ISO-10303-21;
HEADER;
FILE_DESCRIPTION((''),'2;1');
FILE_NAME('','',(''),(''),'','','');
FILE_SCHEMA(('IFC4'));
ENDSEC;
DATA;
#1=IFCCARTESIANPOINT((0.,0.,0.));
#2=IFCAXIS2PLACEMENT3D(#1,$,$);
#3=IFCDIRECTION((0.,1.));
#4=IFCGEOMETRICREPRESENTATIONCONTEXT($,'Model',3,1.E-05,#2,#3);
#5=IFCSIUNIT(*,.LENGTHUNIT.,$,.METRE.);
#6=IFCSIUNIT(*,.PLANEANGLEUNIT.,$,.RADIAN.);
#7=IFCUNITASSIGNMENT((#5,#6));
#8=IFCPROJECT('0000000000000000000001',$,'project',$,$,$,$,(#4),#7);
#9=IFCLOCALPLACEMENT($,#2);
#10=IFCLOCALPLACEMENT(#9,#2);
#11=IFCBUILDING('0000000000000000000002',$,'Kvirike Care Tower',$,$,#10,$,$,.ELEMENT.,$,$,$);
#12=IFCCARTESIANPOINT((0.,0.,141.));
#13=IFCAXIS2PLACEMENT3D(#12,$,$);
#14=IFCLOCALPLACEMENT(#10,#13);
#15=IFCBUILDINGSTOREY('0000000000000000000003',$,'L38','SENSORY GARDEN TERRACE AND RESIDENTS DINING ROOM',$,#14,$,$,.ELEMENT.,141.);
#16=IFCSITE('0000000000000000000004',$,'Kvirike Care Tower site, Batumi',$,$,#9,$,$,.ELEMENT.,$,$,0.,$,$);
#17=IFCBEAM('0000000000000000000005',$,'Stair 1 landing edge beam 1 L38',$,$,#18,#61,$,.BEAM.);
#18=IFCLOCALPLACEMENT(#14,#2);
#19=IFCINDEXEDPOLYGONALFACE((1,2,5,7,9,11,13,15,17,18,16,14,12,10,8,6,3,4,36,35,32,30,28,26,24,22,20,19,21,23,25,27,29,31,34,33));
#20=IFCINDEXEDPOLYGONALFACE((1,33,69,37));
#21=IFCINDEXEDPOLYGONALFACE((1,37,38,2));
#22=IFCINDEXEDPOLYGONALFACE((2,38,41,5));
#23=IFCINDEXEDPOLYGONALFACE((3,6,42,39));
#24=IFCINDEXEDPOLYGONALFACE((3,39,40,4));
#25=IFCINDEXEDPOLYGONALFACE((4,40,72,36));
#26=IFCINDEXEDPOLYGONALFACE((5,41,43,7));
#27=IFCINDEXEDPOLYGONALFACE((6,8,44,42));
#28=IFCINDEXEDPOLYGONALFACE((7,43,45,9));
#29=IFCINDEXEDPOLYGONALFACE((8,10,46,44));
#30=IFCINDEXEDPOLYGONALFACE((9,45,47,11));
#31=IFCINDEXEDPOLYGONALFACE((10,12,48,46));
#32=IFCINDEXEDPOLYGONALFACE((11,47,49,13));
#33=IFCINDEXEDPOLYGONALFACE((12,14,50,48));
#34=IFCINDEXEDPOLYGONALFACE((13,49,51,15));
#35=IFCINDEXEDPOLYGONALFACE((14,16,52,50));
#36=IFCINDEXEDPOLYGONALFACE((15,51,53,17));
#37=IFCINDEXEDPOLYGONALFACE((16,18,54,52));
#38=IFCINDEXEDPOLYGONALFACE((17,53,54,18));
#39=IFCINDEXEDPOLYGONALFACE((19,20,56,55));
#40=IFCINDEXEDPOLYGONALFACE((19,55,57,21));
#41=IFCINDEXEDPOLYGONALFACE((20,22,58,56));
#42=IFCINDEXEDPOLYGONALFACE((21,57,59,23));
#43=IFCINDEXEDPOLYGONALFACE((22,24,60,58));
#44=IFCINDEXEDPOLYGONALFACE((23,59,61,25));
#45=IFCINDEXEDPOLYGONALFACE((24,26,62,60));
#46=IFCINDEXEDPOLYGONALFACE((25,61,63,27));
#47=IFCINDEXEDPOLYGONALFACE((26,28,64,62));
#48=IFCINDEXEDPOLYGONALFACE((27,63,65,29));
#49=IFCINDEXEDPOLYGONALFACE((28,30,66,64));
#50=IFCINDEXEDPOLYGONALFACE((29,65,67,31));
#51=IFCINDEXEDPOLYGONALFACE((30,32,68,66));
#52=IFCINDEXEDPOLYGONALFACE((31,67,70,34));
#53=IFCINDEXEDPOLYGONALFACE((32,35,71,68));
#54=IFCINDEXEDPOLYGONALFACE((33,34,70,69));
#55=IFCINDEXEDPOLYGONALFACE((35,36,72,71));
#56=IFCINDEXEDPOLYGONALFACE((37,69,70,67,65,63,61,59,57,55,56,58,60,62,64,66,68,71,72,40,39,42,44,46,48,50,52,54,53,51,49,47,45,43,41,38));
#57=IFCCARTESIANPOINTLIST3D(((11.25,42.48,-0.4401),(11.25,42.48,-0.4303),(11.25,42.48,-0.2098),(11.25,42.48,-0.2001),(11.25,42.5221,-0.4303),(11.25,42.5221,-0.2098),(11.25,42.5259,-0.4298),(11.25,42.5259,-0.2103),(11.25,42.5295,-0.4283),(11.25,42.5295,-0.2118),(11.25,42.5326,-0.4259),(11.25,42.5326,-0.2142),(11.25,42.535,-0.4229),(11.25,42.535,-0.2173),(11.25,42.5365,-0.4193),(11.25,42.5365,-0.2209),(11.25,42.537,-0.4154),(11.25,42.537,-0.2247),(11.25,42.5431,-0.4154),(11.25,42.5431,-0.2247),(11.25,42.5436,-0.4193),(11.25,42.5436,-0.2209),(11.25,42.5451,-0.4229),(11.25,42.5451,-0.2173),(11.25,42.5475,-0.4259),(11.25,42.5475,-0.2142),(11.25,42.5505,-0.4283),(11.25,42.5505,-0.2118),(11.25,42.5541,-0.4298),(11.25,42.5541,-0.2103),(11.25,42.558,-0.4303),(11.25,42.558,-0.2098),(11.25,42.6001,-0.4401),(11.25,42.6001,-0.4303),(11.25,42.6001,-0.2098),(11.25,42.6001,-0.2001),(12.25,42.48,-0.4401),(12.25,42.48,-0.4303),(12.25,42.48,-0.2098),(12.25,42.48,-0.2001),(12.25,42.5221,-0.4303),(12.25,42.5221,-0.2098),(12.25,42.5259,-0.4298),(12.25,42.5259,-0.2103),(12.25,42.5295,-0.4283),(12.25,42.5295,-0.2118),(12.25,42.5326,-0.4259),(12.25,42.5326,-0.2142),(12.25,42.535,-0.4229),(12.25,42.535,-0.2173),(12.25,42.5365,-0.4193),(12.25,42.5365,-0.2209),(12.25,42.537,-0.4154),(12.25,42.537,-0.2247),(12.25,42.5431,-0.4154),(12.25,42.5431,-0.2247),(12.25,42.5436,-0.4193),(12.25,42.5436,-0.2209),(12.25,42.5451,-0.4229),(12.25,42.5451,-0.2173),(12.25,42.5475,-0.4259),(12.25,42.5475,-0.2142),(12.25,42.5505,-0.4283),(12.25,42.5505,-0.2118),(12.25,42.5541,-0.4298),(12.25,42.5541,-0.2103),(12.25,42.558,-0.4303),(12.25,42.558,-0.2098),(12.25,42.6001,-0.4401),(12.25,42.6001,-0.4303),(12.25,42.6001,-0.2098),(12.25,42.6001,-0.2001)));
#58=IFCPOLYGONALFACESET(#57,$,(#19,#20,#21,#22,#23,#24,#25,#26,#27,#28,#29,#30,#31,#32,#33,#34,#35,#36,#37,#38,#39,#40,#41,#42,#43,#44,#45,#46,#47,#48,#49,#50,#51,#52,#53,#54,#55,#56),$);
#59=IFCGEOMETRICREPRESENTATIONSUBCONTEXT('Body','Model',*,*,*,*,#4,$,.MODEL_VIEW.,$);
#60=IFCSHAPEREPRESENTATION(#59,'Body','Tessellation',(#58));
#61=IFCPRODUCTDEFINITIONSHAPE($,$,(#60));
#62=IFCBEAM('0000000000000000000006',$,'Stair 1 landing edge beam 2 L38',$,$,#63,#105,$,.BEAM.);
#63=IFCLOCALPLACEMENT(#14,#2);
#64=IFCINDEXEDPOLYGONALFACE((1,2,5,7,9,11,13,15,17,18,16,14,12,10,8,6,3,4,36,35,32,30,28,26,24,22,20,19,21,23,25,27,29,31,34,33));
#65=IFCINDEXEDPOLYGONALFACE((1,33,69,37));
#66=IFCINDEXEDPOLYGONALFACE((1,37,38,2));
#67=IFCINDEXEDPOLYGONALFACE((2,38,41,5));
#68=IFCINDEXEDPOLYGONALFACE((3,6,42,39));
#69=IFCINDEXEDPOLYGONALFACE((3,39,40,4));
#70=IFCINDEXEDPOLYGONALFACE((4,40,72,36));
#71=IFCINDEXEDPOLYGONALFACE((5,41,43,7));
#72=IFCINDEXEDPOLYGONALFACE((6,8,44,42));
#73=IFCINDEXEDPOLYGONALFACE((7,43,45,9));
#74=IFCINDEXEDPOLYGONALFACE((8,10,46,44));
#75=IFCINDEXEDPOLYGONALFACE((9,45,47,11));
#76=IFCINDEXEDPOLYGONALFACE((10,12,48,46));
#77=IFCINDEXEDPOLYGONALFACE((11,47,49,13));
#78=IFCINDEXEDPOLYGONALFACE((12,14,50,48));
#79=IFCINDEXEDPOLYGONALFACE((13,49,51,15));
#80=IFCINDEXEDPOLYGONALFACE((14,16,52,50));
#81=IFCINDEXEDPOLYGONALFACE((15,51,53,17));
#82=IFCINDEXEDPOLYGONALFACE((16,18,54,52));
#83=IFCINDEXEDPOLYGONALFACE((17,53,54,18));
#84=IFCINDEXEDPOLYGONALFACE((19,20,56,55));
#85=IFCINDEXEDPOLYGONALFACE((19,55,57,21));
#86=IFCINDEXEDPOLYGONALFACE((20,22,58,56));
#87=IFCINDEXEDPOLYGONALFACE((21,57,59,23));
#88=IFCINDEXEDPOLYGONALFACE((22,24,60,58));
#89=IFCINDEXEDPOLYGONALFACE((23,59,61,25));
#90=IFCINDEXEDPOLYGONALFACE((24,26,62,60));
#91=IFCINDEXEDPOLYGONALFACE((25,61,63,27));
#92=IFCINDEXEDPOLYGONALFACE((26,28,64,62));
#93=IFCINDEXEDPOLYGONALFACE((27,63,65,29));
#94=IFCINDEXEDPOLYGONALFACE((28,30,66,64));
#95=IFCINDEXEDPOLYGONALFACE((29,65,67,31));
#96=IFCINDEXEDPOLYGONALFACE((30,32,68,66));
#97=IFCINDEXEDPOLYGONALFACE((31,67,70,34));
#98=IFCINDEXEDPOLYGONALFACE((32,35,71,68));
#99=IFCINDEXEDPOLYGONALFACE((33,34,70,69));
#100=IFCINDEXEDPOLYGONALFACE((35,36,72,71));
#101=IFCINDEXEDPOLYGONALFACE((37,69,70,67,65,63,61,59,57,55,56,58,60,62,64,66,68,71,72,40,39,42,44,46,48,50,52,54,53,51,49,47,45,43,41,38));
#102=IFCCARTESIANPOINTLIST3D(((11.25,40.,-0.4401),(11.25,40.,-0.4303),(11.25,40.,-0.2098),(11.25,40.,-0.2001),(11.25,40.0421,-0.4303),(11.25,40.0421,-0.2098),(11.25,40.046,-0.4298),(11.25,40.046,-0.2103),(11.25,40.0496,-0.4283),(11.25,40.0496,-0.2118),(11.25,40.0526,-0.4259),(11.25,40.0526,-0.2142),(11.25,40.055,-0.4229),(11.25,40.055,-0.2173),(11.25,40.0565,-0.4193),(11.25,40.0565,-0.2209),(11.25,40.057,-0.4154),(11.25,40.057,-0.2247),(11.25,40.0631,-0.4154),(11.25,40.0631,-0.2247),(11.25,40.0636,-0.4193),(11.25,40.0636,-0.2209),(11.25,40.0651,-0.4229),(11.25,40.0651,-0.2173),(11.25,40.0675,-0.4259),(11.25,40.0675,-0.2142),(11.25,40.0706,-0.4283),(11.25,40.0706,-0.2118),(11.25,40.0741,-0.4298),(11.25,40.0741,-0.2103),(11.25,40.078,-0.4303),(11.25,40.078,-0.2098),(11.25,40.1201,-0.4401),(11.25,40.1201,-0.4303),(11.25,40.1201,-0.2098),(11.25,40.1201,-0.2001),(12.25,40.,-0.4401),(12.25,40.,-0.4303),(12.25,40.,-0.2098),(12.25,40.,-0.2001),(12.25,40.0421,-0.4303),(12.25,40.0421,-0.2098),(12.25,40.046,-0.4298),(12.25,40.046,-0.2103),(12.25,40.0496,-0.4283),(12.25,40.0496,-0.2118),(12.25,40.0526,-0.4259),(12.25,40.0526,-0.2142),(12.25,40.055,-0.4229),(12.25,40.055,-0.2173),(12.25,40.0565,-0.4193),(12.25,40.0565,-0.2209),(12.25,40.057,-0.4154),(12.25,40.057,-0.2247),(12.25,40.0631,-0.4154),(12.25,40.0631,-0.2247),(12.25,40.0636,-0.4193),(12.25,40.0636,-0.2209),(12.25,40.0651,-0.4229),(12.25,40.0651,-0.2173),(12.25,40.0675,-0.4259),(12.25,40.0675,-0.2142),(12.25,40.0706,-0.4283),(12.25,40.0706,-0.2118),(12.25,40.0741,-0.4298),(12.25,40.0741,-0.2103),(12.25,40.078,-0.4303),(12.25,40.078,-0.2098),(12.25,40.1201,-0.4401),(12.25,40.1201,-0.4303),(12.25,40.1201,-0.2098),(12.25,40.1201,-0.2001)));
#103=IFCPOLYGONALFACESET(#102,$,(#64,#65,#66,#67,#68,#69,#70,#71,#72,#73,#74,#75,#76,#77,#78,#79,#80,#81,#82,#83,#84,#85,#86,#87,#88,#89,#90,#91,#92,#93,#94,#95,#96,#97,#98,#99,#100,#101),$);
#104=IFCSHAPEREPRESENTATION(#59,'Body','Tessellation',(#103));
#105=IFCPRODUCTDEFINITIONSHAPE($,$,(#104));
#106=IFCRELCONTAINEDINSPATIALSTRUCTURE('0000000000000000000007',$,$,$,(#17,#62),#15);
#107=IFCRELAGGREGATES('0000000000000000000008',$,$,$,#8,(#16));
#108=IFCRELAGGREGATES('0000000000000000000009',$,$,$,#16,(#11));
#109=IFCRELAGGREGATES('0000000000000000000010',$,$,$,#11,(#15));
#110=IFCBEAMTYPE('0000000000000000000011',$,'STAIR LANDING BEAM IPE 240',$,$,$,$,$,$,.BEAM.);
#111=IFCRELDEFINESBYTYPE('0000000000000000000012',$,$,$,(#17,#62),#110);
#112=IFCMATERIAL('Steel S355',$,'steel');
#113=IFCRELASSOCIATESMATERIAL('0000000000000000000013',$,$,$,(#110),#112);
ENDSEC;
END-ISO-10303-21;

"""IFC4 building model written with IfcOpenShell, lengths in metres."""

from ifc_helpers import new_model, si_unit, direction, frame, origin, origin_2d, place, context, subcontext, project, spatial, i_section, extrude, material, material_profile, profile_set, type_object, element, save


model = new_model("IFC4")

# Units and contexts
model_context = context("Model", 3, precision=1e-05, world=origin(), true_north=direction((0.0, 1.0)))
body_context = subcontext(model_context, "Body", "Model", "MODEL_VIEW")
ifc_project = project(units=[si_unit("LENGTHUNIT", "METRE"), si_unit("PLANEANGLEUNIT", "RADIAN")], contexts=[model_context])

# Site, building, storey
site_placement = place(None, origin())
site = spatial("IfcSite", under=ifc_project, at=site_placement, Name="Kvirike Care Tower site, Batumi", CompositionType="ELEMENT", RefElevation=0.0)
building_placement = place(site_placement, origin())
building = spatial("IfcBuilding", under=site, at=building_placement, Name="Kvirike Care Tower", CompositionType="ELEMENT")
storey_placement = place(building_placement, frame((0.0, 0.0, 141.0)))
storey = spatial("IfcBuildingStorey", under=building, at=storey_placement, Name="L38", Description="SENSORY GARDEN TERRACE AND RESIDENTS DINING ROOM", CompositionType="ELEMENT", Elevation=141.0)

# Beams
ifc_material_1 = material(Name="Steel S355", Category="steel")
ifc_material_profile = material_profile(ifc_material_1, i_section(OverallWidth=0.1201, OverallDepth=0.24, WebThickness=0.0061, FlangeThickness=0.0098, FilletRadius=0.0149, at=origin_2d()), Name="IPE 240")
ifc_profile_set = profile_set([ifc_material_profile], Name="Steel S355")
beam_type = type_object("IfcBeamType", Name="STAIR LANDING BEAM IPE 240", PredefinedType="BEAM", material=ifc_profile_set)
for number, where, z_axis, x_axis, name in (
    (1, (11.25, 42.54, -0.3201), (1.0, 0.0, 0.0), (0.0, 1.0, 0.0), "Stair 1 landing edge beam 1 L38"),
    (2, (11.25, 40.0601, -0.3201), (1.0, 0.0, 0.0), (0.0, 1.0, 0.0), "Stair 1 landing edge beam 2 L38"),
):
    element("IfcBeam", number, at=place(storey_placement, frame(where, z_axis=z_axis, x_axis=x_axis)), inside=storey, type_object=beam_type, Name=name, PredefinedType="BEAM", context=body_context, shape_type="SweptSolid", body=[
        extrude(i_section(OverallWidth=0.1201, OverallDepth=0.24, WebThickness=0.0061, FlangeThickness=0.0098, FilletRadius=0.0149, at=origin_2d()), origin(), (0.0, 0.0, 1.0), 1.0),
    ])

save(model, "model.ifc")
